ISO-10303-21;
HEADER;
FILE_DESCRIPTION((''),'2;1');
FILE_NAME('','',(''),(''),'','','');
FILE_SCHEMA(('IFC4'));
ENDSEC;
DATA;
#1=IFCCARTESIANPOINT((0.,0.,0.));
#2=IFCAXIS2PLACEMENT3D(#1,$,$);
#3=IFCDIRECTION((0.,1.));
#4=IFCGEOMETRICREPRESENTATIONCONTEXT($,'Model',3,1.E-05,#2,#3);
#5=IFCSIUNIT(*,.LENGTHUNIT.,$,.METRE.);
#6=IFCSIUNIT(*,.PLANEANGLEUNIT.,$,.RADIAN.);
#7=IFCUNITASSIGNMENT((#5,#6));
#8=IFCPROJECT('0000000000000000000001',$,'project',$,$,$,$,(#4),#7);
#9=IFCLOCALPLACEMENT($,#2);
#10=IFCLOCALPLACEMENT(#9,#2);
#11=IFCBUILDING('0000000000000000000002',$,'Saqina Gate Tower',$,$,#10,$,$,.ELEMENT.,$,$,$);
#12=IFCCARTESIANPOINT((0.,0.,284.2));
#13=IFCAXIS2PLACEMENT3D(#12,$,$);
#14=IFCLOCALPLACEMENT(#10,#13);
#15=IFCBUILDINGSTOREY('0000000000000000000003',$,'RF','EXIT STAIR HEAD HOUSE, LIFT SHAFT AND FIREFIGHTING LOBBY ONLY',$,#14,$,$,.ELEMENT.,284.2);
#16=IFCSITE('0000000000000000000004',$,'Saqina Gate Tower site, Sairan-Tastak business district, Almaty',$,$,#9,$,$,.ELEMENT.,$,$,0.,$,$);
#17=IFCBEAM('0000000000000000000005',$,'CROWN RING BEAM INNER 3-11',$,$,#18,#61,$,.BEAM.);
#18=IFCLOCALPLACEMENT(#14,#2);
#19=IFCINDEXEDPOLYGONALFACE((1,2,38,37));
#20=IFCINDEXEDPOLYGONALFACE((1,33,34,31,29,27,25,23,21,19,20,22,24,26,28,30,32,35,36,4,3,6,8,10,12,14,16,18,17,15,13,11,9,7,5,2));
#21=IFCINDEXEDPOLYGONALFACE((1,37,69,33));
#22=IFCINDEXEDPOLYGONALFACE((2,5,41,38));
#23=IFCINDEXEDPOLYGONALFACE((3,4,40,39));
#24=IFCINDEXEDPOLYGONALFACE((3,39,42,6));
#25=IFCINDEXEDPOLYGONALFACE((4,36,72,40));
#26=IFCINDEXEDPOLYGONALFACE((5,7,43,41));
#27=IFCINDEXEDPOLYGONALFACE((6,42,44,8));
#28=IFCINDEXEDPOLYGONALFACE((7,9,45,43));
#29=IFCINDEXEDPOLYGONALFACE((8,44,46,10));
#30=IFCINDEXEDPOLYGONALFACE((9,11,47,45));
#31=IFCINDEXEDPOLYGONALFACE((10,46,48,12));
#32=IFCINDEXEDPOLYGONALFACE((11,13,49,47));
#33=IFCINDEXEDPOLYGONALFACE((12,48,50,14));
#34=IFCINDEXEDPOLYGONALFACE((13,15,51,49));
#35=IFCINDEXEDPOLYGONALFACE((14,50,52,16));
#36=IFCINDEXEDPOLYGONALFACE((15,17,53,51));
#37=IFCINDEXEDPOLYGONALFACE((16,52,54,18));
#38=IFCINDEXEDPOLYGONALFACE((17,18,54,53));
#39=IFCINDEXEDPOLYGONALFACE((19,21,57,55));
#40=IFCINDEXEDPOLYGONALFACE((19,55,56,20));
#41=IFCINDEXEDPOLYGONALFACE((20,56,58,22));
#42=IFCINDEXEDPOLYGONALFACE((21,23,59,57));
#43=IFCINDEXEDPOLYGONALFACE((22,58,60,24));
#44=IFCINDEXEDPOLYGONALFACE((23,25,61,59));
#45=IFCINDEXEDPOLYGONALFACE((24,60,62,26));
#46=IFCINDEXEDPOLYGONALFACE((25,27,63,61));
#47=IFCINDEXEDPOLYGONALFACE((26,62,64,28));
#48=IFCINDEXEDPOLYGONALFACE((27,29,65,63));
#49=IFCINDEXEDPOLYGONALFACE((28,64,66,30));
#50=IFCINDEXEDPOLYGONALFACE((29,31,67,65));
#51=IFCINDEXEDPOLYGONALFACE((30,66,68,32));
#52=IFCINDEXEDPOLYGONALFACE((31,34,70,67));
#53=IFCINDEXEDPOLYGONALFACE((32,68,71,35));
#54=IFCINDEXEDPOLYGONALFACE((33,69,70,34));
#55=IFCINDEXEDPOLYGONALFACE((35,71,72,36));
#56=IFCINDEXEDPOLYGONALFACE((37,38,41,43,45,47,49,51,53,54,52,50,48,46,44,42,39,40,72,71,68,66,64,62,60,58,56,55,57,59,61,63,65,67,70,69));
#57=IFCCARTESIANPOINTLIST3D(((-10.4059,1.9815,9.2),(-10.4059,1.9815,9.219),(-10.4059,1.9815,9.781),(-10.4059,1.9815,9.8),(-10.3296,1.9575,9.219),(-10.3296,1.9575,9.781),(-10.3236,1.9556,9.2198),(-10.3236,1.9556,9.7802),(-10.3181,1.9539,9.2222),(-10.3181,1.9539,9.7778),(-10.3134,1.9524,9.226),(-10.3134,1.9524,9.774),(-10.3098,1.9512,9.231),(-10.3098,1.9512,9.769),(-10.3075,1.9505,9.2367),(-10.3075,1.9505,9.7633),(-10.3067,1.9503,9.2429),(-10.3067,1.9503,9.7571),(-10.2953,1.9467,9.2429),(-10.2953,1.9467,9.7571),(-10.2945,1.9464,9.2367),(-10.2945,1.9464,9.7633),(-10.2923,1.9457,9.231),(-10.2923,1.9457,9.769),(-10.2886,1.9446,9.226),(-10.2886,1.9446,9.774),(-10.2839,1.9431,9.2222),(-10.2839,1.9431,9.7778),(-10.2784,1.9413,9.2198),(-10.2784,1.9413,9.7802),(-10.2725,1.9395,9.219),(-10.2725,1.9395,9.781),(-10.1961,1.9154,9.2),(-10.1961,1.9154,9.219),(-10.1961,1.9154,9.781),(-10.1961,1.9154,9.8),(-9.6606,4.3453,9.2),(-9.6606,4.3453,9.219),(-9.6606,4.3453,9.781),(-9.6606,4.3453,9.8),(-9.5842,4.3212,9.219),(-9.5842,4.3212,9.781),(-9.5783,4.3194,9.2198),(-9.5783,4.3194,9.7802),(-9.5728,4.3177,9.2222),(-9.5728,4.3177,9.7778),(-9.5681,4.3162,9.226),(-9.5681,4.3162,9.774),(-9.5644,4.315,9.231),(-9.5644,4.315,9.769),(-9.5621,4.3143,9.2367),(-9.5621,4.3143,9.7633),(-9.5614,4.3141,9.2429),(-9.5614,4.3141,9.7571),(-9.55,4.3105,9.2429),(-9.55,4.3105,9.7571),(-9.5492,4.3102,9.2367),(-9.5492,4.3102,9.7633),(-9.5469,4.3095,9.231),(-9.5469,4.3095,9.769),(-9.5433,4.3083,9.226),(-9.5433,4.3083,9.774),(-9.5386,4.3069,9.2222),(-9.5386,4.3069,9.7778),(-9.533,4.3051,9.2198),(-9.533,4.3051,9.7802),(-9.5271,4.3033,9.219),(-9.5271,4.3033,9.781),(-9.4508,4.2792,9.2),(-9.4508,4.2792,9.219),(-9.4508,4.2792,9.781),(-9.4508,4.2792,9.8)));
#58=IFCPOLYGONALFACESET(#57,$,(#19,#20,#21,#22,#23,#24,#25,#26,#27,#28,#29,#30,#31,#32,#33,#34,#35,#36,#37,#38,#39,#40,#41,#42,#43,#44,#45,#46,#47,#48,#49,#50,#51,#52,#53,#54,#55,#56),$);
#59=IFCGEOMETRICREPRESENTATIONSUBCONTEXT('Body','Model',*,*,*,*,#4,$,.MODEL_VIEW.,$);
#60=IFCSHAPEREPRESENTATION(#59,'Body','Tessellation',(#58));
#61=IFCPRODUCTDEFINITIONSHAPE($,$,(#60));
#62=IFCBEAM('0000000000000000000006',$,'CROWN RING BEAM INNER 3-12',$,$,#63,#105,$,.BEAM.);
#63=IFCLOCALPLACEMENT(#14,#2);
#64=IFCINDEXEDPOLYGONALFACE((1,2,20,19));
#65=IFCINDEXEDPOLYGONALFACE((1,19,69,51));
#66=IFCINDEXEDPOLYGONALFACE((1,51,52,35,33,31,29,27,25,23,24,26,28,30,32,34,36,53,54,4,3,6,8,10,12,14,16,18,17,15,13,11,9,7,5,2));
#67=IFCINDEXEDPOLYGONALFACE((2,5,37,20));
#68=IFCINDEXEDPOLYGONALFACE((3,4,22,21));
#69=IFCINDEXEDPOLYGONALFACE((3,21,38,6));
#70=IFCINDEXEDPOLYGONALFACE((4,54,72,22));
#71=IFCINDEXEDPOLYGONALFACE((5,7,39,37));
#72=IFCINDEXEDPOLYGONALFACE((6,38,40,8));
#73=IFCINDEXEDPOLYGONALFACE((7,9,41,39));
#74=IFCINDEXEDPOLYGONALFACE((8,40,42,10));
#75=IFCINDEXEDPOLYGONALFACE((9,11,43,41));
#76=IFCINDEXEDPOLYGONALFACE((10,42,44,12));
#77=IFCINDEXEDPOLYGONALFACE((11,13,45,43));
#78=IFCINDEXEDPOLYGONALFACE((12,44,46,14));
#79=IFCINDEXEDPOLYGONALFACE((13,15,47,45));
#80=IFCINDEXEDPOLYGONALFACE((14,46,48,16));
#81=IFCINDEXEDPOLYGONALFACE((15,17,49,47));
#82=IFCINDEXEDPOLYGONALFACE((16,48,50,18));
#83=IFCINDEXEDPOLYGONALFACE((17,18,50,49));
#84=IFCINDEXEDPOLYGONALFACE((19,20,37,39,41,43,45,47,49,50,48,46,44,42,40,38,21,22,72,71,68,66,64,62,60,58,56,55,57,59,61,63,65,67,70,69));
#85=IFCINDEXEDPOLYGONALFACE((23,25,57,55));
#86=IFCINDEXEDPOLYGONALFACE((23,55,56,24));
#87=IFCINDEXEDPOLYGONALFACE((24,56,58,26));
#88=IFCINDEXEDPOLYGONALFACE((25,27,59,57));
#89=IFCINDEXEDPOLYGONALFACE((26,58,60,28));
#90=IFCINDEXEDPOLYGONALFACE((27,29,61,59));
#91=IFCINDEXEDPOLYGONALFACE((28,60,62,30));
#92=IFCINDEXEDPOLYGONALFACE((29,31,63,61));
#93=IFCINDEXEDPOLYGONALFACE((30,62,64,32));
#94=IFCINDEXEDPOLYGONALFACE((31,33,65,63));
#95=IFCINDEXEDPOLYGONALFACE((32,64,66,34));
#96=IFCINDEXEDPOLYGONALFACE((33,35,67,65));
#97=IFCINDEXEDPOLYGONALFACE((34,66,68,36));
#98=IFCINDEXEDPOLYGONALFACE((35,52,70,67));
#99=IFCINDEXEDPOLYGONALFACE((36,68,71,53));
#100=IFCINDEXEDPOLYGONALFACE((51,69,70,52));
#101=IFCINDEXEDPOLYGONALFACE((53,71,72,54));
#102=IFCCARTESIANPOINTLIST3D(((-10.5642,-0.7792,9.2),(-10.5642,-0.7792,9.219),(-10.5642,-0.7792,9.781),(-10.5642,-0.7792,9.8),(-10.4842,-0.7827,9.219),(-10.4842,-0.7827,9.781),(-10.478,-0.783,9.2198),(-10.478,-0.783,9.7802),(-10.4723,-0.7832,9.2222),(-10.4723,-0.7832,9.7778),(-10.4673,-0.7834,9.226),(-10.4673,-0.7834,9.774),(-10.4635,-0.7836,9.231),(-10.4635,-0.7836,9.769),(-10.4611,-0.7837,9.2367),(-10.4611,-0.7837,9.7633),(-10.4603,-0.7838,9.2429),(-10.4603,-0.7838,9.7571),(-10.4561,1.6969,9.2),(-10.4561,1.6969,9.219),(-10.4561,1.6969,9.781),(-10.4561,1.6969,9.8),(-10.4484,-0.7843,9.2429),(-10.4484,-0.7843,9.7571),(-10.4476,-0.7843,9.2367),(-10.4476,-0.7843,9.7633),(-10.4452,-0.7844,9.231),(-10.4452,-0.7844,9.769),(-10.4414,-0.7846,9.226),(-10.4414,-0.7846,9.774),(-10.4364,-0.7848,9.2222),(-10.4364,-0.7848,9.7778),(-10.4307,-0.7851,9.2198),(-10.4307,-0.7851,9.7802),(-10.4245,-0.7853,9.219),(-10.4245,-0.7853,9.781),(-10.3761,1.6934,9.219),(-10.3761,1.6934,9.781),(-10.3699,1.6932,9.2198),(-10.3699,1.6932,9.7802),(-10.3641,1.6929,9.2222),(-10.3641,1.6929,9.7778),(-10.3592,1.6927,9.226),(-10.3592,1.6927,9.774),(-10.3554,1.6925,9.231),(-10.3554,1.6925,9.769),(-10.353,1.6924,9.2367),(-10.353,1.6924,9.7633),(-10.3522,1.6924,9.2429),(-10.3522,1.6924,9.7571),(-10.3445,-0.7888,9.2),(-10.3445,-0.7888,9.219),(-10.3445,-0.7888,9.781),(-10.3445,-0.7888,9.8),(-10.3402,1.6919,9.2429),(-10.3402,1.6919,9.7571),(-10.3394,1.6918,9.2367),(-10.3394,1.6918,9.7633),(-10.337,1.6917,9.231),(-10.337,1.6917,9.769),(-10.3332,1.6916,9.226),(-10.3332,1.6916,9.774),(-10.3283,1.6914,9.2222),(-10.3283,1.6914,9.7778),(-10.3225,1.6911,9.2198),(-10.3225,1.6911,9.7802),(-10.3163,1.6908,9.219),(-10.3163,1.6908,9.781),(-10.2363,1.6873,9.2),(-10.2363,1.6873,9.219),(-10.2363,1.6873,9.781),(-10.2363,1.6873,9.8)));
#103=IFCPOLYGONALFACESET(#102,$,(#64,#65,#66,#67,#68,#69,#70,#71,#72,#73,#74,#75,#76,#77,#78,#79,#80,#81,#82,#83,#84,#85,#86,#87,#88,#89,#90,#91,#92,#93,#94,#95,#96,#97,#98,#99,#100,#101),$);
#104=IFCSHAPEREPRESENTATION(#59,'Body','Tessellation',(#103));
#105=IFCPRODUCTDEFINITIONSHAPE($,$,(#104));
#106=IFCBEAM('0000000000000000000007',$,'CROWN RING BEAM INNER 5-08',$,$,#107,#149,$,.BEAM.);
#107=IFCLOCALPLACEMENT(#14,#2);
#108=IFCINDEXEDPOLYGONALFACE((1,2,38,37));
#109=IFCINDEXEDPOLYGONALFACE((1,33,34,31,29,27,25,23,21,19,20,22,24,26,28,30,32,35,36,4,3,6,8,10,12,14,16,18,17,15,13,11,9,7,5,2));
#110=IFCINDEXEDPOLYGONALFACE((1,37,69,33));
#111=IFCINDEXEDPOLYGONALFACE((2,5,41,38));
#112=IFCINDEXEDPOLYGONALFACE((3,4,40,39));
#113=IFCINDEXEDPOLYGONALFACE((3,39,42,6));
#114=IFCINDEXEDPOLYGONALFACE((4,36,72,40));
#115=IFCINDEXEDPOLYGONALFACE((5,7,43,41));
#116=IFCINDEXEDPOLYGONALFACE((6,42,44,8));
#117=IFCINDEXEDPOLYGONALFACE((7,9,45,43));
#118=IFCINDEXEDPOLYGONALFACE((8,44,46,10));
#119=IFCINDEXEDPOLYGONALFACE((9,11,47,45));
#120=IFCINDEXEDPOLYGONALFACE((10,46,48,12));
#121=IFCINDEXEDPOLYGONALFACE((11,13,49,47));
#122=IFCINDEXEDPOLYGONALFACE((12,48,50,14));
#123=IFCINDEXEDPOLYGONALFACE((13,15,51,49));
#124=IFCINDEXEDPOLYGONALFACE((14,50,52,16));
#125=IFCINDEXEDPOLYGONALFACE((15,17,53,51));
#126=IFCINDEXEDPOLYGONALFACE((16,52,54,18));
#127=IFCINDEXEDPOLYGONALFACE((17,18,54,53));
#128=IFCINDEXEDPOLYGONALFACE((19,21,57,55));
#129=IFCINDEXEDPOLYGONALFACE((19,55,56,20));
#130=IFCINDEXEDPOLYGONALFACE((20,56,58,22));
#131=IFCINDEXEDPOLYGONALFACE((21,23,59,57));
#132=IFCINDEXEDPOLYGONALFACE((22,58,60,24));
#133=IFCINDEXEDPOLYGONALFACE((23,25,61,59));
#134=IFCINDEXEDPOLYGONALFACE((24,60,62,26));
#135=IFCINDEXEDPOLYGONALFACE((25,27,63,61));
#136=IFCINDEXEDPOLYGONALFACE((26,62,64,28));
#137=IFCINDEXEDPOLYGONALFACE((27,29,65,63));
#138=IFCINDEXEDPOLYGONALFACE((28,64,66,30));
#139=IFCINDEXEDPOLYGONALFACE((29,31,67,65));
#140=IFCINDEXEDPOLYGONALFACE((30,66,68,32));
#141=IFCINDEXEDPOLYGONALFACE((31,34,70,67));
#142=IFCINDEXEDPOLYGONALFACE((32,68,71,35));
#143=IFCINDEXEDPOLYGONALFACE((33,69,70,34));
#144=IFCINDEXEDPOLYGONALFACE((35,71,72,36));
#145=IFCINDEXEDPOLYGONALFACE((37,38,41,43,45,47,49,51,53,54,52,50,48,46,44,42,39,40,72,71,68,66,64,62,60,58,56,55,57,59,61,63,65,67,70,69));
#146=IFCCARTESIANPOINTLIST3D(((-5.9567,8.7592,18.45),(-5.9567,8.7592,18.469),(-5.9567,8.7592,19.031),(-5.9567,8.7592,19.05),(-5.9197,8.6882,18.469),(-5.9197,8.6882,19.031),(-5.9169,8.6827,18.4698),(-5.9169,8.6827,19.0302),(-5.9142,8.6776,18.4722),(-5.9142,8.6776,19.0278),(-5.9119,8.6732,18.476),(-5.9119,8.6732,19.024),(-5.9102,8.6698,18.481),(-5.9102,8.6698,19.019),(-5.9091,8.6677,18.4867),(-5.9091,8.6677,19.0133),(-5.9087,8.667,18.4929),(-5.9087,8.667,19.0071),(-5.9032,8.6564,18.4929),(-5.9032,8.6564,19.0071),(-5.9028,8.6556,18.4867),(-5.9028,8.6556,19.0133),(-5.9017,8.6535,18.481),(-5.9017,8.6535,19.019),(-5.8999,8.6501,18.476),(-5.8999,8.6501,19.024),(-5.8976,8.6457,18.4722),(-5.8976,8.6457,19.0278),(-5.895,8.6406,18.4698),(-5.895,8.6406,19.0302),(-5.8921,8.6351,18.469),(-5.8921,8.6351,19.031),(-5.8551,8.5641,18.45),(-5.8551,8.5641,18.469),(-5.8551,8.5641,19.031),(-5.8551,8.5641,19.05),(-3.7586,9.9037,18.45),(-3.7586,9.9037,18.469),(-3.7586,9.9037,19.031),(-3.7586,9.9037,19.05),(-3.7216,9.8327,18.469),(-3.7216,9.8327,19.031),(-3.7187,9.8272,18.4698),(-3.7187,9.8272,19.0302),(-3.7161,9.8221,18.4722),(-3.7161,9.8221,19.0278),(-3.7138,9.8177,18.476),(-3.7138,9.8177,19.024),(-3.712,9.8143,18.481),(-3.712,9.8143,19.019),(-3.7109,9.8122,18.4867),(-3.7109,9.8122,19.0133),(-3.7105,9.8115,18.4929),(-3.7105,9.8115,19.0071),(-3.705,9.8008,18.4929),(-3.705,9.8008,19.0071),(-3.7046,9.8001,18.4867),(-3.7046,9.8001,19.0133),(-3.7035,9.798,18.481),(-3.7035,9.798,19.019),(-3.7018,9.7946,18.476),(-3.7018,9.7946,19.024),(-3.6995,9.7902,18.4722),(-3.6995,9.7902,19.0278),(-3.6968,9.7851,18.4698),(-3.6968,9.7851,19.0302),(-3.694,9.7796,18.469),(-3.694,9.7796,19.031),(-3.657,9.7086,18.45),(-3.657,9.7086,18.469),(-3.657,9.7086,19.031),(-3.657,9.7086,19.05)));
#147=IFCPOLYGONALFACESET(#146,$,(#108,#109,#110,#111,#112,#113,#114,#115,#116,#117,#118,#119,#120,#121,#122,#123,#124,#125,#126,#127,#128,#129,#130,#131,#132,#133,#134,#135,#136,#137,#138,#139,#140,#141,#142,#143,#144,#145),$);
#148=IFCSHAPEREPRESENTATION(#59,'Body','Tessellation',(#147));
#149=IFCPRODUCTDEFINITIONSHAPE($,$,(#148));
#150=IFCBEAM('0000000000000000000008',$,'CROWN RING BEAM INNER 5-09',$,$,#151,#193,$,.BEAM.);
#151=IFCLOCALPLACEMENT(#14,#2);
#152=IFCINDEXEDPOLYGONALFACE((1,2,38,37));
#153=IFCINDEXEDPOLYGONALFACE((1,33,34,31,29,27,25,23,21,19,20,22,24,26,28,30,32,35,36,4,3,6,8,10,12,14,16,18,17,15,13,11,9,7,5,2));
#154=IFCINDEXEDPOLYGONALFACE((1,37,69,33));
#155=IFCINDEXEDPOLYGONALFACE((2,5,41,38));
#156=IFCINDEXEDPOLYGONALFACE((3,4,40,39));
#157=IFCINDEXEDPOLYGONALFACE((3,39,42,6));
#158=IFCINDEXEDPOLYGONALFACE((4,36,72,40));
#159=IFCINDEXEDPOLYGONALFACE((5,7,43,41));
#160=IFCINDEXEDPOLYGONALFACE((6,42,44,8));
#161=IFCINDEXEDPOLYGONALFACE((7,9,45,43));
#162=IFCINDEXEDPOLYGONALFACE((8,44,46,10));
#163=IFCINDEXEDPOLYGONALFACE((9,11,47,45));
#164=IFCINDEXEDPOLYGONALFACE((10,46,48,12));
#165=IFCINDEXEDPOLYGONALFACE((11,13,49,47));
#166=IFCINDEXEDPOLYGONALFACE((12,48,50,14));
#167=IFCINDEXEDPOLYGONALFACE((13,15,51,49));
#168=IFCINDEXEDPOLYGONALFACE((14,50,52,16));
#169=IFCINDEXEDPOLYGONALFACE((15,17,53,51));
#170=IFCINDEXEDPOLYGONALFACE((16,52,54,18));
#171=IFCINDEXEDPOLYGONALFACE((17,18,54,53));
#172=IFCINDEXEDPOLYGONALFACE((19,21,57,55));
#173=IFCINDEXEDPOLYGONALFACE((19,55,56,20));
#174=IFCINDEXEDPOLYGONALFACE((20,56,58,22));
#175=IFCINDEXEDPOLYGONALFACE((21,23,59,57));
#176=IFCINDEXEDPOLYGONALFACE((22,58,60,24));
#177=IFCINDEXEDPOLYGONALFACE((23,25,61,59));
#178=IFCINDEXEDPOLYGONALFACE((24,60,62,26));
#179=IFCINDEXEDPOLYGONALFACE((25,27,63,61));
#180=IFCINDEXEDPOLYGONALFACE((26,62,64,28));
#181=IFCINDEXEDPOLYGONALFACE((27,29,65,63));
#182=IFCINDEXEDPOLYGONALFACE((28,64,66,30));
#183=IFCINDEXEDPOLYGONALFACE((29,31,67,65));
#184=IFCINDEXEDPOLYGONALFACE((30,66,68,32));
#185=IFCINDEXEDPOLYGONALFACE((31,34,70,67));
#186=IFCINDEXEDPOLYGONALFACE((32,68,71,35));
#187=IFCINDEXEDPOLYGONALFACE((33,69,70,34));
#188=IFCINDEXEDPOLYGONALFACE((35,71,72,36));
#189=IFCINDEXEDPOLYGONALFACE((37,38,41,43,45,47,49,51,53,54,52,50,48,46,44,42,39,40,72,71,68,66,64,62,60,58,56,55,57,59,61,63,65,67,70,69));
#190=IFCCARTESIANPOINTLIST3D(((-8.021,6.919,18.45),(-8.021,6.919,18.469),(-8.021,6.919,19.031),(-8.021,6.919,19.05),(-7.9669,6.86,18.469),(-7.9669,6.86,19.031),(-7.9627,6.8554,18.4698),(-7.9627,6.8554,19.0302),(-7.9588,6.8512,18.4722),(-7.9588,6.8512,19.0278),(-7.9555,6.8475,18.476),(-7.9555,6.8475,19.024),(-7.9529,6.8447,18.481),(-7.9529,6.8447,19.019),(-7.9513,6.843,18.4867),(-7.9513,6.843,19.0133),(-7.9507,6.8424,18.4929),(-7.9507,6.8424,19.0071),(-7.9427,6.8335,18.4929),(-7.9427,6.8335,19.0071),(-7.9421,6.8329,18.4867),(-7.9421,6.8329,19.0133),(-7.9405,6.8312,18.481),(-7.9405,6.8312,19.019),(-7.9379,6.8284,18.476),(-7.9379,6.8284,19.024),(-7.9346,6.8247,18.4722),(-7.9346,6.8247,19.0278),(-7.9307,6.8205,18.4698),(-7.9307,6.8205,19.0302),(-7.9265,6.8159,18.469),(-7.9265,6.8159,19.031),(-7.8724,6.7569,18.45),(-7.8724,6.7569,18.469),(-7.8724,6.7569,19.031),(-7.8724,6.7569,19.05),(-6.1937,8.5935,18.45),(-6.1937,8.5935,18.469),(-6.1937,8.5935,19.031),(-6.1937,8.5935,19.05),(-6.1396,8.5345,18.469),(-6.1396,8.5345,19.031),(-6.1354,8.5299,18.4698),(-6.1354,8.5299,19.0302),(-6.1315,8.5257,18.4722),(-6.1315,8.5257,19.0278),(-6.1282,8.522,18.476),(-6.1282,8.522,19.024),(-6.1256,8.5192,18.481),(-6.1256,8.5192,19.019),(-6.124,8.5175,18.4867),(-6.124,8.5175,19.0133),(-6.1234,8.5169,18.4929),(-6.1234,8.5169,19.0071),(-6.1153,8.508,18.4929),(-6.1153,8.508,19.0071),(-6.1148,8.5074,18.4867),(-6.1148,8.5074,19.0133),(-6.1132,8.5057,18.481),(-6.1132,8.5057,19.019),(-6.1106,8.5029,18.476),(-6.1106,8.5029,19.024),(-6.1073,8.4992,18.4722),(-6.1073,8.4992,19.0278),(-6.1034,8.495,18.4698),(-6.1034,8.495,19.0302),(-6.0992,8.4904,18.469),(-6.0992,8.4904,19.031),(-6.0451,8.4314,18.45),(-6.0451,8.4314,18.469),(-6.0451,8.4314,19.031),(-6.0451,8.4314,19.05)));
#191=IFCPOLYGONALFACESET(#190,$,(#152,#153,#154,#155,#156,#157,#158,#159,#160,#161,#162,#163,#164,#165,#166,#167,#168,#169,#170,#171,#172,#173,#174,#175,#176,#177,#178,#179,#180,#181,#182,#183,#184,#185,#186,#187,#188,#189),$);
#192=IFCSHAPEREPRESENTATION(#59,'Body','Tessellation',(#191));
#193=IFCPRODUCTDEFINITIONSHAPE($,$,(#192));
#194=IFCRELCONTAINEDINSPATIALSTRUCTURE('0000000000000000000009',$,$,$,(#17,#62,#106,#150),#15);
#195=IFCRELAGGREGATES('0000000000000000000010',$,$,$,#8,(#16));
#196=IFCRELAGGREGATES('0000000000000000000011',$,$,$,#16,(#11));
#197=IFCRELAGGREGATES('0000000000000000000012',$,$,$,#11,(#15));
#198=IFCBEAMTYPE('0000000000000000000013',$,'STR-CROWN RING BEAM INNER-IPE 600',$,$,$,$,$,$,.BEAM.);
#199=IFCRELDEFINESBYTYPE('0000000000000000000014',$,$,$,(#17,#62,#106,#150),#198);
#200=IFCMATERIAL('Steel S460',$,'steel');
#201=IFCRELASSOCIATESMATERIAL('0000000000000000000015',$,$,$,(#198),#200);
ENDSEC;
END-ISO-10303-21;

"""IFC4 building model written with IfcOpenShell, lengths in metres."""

from ifc_helpers import new_model, si_unit, direction, frame, origin, origin_2d, place, context, subcontext, project, spatial, i_section, extrude, material, material_profile, profile_set, type_object, element, save


model = new_model("IFC4")

# Units and contexts
model_context = context("Model", 3, precision=1e-05, world=origin(), true_north=direction((0.0, 1.0)))
body_context = subcontext(model_context, "Body", "Model", "MODEL_VIEW")
ifc_project = project(units=[si_unit("LENGTHUNIT", "METRE"), si_unit("PLANEANGLEUNIT", "RADIAN")], contexts=[model_context])

# Site, building, storey
site_placement = place(None, origin())
site = spatial("IfcSite", under=ifc_project, at=site_placement, Name="Saqina Gate Tower site, Sairan-Tastak business district, Almaty", CompositionType="ELEMENT", RefElevation=0.0)
building_placement = place(site_placement, origin())
building = spatial("IfcBuilding", under=site, at=building_placement, Name="Saqina Gate Tower", CompositionType="ELEMENT")
storey_placement = place(building_placement, frame((0.0, 0.0, 284.2)))
storey = spatial("IfcBuildingStorey", under=building, at=storey_placement, Name="RF", Description="EXIT STAIR HEAD HOUSE, LIFT SHAFT AND FIREFIGHTING LOBBY ONLY", CompositionType="ELEMENT", Elevation=284.2)

# Beams
ifc_material_1 = material(Name="Steel S460", Category="steel")
ifc_material_profile_1 = material_profile(ifc_material_1, i_section(OverallWidth=0.22, OverallDepth=0.6001, WebThickness=0.012, FlangeThickness=0.019, FilletRadius=0.0239, at=origin_2d()), Name="IPE 600")
ifc_profile_set_1 = profile_set([ifc_material_profile_1], Name="Steel S460")
beam_type_1 = type_object("IfcBeamType", Name="STR-CROWN RING BEAM INNER-IPE 600", PredefinedType="BEAM", material=ifc_profile_set_1)
for number, where, z_axis, x_axis, name in (
    (1, (-9.5557, 4.3123, 9.5), (-0.300731, -0.953709, 0.0), (0.953709, -0.300731, 0.0), "CROWN RING BEAM INNER 3-11"),
    (2, (-10.3462, 1.6921, 9.5), (-0.043638, -0.999047, 0.0), (0.999047, -0.043638, 0.0), "CROWN RING BEAM INNER 3-12"),
):
    element("IfcBeam", number, at=place(storey_placement, frame(where, z_axis=z_axis, x_axis=x_axis)), inside=storey, type_object=beam_type_1, Name=name, PredefinedType="BEAM", context=body_context, shape_type="SweptSolid", body=[
        extrude(i_section(OverallWidth=0.22, OverallDepth=0.6001, WebThickness=0.012, FlangeThickness=0.019, FilletRadius=0.0239, at=origin_2d()), origin(), (0.0, 0.0, 1.0), 2.4785),
    ])
beam_1_placement = place(storey_placement, frame((-3.7078, 9.8062, 18.75), z_axis=(-0.886978, -0.461812, 0.0), x_axis=(0.461812, -0.886978, 0.0)))
element("IfcBeam", 3, at=beam_1_placement, inside=storey, type_object=beam_type_1, Name="CROWN RING BEAM INNER 5-08", PredefinedType="BEAM", context=body_context, shape_type="SweptSolid", body=[
    extrude(i_section(OverallWidth=0.22, OverallDepth=0.6001, WebThickness=0.012, FlangeThickness=0.019, FilletRadius=0.0239, at=origin_2d()), origin(), (0.0, 0.0, 1.0), 2.4783),
])
beam_2_placement = place(storey_placement, frame((-6.1194, 8.5125, 18.75), z_axis=(-0.737265, -0.675604, 0.0), x_axis=(0.675604, -0.737265, 0.0)))
element("IfcBeam", 4, at=beam_2_placement, inside=storey, type_object=beam_type_1, Name="CROWN RING BEAM INNER 5-09", PredefinedType="BEAM", context=body_context, shape_type="SweptSolid", body=[
    extrude(i_section(OverallWidth=0.22, OverallDepth=0.6001, WebThickness=0.012, FlangeThickness=0.019, FilletRadius=0.0239, at=origin_2d()), origin(), (0.0, 0.0, 1.0), 2.4785),
])

save(model, "model.ifc")
